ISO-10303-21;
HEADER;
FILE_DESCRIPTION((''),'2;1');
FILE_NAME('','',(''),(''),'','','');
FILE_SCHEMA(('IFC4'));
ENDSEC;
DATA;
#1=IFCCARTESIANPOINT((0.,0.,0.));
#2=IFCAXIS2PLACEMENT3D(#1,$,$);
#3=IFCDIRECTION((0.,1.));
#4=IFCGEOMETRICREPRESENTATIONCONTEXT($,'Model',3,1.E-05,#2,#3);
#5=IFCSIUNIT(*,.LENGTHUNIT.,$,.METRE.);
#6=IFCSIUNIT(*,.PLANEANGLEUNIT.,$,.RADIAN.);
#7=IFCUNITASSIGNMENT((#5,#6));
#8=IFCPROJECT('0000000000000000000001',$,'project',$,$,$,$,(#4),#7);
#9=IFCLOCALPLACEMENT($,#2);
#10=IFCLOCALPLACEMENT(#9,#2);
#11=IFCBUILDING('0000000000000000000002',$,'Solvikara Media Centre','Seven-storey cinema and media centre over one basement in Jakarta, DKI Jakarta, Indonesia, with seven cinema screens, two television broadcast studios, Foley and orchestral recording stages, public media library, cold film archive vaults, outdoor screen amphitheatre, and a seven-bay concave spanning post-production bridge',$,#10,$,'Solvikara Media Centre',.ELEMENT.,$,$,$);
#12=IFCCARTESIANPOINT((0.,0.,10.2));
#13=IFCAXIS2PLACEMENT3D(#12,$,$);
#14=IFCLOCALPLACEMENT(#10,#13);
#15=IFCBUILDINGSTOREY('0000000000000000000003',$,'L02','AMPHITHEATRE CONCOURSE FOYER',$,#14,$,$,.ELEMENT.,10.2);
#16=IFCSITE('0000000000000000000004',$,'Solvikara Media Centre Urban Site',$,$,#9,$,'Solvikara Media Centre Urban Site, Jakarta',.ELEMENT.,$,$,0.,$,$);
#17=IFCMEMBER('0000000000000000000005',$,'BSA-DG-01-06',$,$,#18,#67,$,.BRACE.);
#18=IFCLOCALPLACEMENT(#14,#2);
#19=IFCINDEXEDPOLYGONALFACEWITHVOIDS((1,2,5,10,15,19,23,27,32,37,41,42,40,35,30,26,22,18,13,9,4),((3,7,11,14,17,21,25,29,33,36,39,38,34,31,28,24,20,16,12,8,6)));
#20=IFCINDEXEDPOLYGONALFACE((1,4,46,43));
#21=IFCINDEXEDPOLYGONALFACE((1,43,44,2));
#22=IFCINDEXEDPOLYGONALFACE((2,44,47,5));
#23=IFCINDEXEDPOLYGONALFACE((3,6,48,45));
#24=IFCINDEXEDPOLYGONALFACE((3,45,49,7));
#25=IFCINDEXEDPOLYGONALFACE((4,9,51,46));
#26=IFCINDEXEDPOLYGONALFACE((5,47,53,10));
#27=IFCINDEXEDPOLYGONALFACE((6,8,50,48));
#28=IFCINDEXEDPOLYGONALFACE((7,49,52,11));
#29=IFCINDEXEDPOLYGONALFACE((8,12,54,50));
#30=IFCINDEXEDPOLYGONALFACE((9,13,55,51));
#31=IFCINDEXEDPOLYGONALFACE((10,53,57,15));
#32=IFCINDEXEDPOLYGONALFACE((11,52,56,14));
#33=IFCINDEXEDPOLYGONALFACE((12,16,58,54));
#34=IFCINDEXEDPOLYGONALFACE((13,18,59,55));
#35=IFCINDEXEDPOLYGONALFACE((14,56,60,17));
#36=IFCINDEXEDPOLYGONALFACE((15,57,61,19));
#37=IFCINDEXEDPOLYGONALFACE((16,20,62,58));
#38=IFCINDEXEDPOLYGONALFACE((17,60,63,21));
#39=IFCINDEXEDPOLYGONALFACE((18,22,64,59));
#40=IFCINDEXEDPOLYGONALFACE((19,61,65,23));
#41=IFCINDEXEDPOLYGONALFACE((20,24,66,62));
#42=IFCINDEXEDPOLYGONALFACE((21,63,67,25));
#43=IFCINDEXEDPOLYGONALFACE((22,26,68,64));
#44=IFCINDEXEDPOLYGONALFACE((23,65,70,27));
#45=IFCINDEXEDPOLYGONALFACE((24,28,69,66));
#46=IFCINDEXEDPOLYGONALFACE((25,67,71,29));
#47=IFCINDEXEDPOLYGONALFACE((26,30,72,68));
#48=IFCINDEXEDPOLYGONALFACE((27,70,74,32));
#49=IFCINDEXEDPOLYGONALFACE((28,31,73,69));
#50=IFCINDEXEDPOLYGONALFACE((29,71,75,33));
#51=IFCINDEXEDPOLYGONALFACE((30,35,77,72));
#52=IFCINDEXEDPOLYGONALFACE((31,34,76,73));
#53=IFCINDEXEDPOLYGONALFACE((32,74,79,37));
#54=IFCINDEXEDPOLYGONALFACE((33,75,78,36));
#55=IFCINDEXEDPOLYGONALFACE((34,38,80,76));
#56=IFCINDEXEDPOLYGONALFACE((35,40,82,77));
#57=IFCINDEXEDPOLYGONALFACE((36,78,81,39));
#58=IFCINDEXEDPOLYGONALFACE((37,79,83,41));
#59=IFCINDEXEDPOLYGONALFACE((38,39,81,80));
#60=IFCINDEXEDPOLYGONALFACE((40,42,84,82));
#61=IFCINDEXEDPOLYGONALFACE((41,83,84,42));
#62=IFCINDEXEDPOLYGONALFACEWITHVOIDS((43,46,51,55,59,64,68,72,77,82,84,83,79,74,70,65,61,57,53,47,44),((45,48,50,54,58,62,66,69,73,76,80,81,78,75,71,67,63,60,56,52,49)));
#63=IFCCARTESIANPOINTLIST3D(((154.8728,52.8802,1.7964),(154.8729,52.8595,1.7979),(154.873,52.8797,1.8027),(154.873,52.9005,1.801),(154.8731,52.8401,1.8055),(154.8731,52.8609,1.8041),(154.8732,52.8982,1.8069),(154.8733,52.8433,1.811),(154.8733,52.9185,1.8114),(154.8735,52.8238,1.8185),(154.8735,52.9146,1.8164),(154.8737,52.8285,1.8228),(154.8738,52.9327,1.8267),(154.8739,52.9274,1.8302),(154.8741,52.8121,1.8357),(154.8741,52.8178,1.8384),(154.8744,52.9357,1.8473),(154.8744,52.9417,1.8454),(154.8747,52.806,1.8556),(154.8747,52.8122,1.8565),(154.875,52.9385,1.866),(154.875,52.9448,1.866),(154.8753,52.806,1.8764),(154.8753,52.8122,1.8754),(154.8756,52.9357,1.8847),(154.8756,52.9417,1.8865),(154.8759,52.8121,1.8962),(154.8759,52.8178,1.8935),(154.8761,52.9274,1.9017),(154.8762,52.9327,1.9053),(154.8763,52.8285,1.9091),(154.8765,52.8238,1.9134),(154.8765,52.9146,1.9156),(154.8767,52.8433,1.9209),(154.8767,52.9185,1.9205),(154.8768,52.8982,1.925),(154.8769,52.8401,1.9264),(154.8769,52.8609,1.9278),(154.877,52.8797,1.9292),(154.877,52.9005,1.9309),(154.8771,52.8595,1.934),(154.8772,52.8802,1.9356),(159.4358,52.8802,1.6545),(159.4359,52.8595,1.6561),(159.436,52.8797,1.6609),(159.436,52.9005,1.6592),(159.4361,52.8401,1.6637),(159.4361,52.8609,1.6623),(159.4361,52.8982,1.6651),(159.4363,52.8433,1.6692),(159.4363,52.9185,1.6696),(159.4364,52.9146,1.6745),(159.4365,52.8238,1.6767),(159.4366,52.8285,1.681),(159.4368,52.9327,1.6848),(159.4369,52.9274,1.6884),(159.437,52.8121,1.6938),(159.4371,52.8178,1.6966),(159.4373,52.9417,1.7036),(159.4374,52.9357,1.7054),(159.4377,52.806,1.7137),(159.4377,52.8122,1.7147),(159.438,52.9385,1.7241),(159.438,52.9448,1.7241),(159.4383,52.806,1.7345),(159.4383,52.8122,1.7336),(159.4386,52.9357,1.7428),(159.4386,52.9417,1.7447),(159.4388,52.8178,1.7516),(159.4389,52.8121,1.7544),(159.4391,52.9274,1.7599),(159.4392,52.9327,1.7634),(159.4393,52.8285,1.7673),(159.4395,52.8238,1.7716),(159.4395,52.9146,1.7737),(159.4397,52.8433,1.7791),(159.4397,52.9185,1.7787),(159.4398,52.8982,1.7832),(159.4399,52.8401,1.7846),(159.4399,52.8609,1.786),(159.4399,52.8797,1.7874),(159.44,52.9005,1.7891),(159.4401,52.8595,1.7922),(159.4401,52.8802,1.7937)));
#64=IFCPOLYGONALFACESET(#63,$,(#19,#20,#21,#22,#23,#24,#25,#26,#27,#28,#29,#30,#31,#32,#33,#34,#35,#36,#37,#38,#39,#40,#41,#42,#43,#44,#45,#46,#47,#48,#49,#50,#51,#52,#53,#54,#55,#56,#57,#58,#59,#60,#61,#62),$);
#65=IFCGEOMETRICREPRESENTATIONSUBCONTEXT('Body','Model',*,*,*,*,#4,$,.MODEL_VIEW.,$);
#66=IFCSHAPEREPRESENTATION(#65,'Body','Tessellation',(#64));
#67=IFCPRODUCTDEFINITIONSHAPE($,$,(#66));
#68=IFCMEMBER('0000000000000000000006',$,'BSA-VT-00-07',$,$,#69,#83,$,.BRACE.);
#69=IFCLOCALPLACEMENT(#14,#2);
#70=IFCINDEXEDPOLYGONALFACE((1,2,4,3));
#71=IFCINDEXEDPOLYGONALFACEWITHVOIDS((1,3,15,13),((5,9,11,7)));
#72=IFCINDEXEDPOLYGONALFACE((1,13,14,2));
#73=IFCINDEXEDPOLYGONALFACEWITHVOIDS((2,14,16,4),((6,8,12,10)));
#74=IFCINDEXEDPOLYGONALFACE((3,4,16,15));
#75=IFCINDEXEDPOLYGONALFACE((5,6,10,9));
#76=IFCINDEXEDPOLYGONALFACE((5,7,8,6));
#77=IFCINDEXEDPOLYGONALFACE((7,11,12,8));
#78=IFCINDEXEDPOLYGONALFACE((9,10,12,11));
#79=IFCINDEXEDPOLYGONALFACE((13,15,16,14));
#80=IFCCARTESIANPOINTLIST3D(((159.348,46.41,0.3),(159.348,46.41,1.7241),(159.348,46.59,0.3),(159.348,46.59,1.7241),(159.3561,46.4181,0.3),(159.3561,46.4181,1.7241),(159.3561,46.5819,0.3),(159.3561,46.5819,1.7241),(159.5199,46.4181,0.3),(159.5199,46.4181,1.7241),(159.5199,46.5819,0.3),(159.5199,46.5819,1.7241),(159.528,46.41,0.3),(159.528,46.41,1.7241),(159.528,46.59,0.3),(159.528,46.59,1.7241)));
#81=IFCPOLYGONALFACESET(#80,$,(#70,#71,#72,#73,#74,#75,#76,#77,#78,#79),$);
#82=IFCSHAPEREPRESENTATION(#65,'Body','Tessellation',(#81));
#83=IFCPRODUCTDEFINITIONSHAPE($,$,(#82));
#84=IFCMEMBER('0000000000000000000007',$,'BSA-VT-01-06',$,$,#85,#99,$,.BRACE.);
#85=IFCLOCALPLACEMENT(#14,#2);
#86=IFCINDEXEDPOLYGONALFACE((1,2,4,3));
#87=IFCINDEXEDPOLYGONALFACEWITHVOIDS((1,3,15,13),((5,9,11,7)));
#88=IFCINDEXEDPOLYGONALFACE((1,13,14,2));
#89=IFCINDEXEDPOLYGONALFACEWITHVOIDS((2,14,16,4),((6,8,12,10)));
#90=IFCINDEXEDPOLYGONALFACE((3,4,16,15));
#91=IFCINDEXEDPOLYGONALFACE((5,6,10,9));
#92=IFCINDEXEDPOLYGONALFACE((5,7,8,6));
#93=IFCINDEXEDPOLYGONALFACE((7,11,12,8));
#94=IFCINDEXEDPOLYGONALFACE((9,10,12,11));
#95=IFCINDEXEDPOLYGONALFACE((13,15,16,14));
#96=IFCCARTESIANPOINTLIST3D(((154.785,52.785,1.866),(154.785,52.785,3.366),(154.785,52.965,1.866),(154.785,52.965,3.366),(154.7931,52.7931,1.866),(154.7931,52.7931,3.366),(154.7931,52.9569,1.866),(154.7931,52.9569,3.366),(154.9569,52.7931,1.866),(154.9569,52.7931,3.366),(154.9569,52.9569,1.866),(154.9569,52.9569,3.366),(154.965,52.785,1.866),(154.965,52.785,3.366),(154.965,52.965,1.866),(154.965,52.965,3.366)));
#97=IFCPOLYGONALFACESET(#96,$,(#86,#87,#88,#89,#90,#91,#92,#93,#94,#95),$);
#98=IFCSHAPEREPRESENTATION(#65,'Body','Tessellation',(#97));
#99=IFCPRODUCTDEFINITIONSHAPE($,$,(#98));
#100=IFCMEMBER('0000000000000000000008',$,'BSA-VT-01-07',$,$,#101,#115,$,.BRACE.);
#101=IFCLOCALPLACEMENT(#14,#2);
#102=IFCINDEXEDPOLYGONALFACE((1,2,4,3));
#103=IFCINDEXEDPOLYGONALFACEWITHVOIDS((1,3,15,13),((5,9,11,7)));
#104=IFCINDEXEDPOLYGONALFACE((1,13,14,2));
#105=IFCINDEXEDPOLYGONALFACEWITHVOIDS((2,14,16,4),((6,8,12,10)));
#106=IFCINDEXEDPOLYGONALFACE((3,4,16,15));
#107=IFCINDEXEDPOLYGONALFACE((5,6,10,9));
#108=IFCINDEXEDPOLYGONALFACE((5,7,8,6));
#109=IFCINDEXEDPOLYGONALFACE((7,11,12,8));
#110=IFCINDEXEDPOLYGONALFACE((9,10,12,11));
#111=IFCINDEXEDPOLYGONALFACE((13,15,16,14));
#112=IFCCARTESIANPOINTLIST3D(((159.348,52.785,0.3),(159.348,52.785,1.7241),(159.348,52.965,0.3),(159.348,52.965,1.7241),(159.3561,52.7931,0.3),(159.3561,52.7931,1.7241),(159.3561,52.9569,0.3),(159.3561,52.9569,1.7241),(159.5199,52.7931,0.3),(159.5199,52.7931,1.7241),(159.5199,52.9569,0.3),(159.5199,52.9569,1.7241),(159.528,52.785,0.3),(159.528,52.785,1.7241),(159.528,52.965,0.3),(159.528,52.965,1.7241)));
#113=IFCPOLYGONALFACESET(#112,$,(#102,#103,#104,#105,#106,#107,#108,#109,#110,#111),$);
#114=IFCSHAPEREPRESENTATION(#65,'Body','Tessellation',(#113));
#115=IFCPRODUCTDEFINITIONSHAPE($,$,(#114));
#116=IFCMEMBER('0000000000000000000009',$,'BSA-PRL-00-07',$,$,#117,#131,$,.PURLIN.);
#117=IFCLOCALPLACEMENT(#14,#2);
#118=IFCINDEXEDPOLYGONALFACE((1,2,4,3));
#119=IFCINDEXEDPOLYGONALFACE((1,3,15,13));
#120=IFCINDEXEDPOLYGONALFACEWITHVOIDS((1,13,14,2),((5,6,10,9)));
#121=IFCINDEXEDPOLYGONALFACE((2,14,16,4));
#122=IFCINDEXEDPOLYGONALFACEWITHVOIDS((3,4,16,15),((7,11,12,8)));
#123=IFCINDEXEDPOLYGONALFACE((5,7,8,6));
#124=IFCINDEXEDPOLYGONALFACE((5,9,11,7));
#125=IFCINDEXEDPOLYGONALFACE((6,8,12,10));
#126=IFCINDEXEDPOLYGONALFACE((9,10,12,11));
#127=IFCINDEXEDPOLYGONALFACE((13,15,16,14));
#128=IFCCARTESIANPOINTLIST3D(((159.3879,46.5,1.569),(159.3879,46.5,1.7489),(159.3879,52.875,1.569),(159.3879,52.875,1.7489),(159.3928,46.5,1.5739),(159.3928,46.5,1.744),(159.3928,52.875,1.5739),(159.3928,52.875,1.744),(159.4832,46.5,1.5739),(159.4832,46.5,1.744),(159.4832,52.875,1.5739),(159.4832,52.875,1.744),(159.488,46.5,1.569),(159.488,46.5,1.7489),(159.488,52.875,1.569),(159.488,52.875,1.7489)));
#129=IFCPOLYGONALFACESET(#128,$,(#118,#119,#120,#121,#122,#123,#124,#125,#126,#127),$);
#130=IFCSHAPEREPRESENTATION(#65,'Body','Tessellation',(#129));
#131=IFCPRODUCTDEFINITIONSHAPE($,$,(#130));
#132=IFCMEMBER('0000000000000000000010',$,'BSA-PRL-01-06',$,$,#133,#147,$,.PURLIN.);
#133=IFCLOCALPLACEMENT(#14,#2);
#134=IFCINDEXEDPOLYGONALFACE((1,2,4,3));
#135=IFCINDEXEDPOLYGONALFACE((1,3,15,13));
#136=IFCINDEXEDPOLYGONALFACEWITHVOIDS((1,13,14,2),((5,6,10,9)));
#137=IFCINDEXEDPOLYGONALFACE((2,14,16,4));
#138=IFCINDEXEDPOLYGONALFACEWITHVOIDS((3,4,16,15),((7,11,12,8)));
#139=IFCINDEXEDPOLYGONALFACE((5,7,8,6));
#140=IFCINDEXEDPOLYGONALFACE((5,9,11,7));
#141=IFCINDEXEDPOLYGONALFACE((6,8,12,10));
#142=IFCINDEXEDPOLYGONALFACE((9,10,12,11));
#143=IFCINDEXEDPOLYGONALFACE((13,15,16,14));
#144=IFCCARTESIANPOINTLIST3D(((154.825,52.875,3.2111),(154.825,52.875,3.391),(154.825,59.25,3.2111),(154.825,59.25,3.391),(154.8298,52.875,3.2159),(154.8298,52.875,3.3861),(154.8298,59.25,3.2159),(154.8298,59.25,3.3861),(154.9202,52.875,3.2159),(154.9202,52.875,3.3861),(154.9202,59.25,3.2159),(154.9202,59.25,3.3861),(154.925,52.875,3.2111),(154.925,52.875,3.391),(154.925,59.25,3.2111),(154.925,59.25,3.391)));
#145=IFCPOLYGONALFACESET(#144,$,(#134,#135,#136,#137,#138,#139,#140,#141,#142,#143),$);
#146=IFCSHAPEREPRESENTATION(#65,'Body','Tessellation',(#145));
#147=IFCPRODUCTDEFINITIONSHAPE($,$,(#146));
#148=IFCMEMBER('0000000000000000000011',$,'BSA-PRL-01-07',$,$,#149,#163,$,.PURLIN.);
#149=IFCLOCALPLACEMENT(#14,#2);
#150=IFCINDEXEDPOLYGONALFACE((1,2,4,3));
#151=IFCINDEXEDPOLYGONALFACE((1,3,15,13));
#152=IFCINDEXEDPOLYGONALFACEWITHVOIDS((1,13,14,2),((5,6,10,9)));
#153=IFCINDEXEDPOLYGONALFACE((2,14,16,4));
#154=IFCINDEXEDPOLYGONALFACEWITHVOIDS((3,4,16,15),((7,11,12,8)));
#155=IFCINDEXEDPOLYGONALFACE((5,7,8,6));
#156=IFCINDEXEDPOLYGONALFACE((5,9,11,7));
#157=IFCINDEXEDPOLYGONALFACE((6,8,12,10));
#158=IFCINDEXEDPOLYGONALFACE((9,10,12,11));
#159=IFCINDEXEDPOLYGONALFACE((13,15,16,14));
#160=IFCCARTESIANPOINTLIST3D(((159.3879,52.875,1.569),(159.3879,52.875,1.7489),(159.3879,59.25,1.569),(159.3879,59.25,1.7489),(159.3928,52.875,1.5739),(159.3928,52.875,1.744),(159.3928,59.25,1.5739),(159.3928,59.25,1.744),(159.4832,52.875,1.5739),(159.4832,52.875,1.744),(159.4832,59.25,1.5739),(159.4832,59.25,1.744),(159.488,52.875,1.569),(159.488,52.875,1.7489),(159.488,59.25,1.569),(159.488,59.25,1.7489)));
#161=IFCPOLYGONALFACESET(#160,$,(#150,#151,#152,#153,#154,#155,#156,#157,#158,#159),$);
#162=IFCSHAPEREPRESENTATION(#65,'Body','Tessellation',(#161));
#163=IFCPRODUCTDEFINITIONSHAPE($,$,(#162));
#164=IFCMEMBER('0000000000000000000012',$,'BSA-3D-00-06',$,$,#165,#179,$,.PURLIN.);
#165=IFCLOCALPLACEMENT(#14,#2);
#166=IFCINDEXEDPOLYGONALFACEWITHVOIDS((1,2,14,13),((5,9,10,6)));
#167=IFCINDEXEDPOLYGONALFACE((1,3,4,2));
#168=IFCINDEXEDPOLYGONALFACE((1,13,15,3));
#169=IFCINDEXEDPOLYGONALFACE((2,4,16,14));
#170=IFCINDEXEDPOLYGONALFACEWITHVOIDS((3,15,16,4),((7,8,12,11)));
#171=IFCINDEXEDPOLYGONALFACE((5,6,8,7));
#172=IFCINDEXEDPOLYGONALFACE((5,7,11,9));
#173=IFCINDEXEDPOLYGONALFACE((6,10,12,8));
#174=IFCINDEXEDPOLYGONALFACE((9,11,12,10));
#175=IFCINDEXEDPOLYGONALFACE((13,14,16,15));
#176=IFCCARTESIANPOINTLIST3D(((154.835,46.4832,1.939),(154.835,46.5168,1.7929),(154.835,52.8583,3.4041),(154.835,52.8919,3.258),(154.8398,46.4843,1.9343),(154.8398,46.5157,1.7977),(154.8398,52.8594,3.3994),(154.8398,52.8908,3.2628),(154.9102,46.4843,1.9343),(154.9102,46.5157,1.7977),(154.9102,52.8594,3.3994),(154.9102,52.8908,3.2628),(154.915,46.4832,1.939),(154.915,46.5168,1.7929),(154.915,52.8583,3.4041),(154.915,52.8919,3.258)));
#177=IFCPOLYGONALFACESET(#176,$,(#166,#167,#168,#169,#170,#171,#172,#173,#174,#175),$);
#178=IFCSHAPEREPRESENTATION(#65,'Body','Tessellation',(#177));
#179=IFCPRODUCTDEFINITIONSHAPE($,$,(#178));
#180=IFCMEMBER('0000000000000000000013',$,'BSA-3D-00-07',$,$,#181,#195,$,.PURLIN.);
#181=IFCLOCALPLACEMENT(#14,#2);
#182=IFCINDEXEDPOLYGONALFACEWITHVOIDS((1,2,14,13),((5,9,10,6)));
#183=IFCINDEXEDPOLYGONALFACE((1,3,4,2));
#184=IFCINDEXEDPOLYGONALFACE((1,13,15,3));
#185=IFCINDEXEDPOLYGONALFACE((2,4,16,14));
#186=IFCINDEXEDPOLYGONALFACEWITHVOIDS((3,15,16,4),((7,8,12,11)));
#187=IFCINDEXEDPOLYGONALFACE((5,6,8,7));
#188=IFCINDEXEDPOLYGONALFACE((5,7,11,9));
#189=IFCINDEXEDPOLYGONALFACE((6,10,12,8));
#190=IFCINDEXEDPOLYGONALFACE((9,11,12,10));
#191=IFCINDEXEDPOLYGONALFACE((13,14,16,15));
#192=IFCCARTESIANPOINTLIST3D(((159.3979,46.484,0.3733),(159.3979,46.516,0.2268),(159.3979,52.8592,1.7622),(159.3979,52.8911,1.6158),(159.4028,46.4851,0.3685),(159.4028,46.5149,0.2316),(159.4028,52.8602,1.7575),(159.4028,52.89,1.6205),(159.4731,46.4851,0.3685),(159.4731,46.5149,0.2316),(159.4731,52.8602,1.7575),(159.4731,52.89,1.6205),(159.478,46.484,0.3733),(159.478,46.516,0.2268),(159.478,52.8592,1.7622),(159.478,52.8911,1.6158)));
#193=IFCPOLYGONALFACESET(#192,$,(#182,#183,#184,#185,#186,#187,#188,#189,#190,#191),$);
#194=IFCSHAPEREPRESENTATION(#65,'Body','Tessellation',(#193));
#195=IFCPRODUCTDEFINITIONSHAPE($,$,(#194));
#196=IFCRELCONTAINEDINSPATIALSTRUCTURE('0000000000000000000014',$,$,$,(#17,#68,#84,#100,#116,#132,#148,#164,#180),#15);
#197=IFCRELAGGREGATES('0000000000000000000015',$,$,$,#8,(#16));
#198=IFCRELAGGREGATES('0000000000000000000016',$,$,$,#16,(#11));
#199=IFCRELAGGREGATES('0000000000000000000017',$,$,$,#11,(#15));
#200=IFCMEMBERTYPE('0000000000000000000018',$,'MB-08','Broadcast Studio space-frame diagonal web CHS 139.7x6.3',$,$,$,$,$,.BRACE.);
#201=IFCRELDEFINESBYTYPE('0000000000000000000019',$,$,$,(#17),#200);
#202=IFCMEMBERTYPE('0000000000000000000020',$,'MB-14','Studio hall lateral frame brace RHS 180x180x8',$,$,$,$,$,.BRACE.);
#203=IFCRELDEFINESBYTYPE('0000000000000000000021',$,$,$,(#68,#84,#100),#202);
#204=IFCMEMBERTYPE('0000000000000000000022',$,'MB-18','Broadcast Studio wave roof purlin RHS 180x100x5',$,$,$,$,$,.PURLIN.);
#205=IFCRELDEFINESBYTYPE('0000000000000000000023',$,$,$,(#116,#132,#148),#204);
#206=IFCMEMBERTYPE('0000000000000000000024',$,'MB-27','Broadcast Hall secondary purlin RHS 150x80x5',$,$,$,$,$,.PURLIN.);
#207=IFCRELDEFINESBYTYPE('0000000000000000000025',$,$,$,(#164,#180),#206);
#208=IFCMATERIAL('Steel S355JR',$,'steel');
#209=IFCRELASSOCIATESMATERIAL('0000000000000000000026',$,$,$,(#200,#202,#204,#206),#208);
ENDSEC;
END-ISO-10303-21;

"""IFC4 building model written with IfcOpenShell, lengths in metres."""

from ifc_helpers import new_model, si_unit, direction, frame, origin, origin_2d, place, context, subcontext, project, spatial, hollow_rectangle, hollow_circle, extrude, material, material_profile, profile_set, type_object, element, save


model = new_model("IFC4")

# Units and contexts
model_context = context("Model", 3, precision=1e-05, world=origin(), true_north=direction((0.0, 1.0)))
body_context = subcontext(model_context, "Body", "Model", "MODEL_VIEW")
ifc_project = project(units=[si_unit("LENGTHUNIT", "METRE"), si_unit("PLANEANGLEUNIT", "RADIAN")], contexts=[model_context])

# Site, building, storey
site_placement = place(None, origin())
site = spatial("IfcSite", under=ifc_project, at=site_placement, Name="Solvikara Media Centre Urban Site", LongName="Solvikara Media Centre Urban Site, Jakarta", CompositionType="ELEMENT", RefElevation=0.0)
building_placement = place(site_placement, origin())
building = spatial("IfcBuilding", under=site, at=building_placement, Name="Solvikara Media Centre", Description="Seven-storey cinema and media centre over one basement in Jakarta, DKI Jakarta, Indonesia, with seven cinema screens, two television broadcast studios, Foley and orchestral recording stages, public media library, cold film archive vaults, outdoor screen amphitheatre, and a seven-bay concave spanning post-production bridge", LongName="Solvikara Media Centre", CompositionType="ELEMENT")
storey_placement = place(building_placement, frame((0.0, 0.0, 10.2)))
storey = spatial("IfcBuildingStorey", under=building, at=storey_placement, Name="L02", Description="AMPHITHEATRE CONCOURSE FOYER", CompositionType="ELEMENT", Elevation=10.2)

# Shared definitions
ifc_material_1 = material(Name="Steel S355JR", Category="steel")

# Members
ifc_material_profile_1 = material_profile(ifc_material_1, hollow_circle(Radius=0.0698, WallThickness=0.0063, at=origin_2d()), Name="CHS 139.7x6.3")
ifc_profile_set_1 = profile_set([ifc_material_profile_1], Name="Steel S355JR")
member_type_1 = type_object("IfcMemberType", Name="MB-08", Description="Broadcast Studio space-frame diagonal web CHS 139.7x6.3", PredefinedType="BRACE", material=ifc_profile_set_1)
member_1_placement = place(storey_placement, frame((154.875, 52.875, 1.866), z_axis=(0.999517, 0.0, -0.031071), x_axis=(0.0, 1.0, 0.0)))
element("IfcMember", 1, at=member_1_placement, inside=storey, type_object=member_type_1, Name="BSA-DG-01-06", PredefinedType="BRACE", context=body_context, shape_type="SweptSolid", body=[
    extrude(hollow_circle(Radius=0.0698, WallThickness=0.0063, at=origin_2d()), origin(), (0.0, 0.0, 1.0), 4.5652),
])
ifc_material_profile_2 = material_profile(ifc_material_1, hollow_rectangle(XDim=0.1799, YDim=0.1799, WallThickness=0.0081, at=origin_2d()), Name="RHS 180x180x8")
ifc_profile_set_2 = profile_set([ifc_material_profile_2], Name="Steel S355JR")
member_type_2 = type_object("IfcMemberType", Name="MB-14", Description="Studio hall lateral frame brace RHS 180x180x8", PredefinedType="BRACE", material=ifc_profile_set_2)
member_2_placement = place(storey_placement, frame((159.438, 46.5, 0.3), z_axis=(0.0, 0.0, 1.0), x_axis=(1.0, 0.0, 0.0)))
element("IfcMember", 2, at=member_2_placement, inside=storey, type_object=member_type_2, Name="BSA-VT-00-07", PredefinedType="BRACE", context=body_context, shape_type="SweptSolid", body=[
    extrude(hollow_rectangle(XDim=0.1799, YDim=0.1799, WallThickness=0.0081, at=origin_2d()), origin(), (0.0, 0.0, 1.0), 1.4241),
])
member_3_placement = place(storey_placement, frame((154.875, 52.875, 1.866), z_axis=(0.0, 0.0, 1.0), x_axis=(1.0, 0.0, 0.0)))
element("IfcMember", 3, at=member_3_placement, inside=storey, type_object=member_type_2, Name="BSA-VT-01-06", PredefinedType="BRACE", context=body_context, shape_type="SweptSolid", body=[
    extrude(hollow_rectangle(XDim=0.1799, YDim=0.1799, WallThickness=0.0081, at=origin_2d()), origin(), (0.0, 0.0, 1.0), 1.5),
])
member_4_placement = place(storey_placement, frame((159.438, 52.875, 0.3), z_axis=(0.0, 0.0, 1.0), x_axis=(1.0, 0.0, 0.0)))
element("IfcMember", 4, at=member_4_placement, inside=storey, type_object=member_type_2, Name="BSA-VT-01-07", PredefinedType="BRACE", context=body_context, shape_type="SweptSolid", body=[
    extrude(hollow_rectangle(XDim=0.1799, YDim=0.1799, WallThickness=0.0081, at=origin_2d()), origin(), (0.0, 0.0, 1.0), 1.4241),
])
ifc_material_profile_3 = material_profile(ifc_material_1, hollow_rectangle(XDim=0.1001, YDim=0.1799, WallThickness=0.0049, at=origin_2d()), Name="RHS 180x100x5")
ifc_profile_set_3 = profile_set([ifc_material_profile_3], Name="Steel S355JR")
member_type_3 = type_object("IfcMemberType", Name="MB-18", Description="Broadcast Studio wave roof purlin RHS 180x100x5", PredefinedType="PURLIN", material=ifc_profile_set_3)
for number, where, z_axis, x_axis, name in (
    (5, (159.438, 46.5, 1.6589), (0.0, 1.0, 0.0), (-1.0, 0.0, 0.0), "BSA-PRL-00-07"),
    (6, (154.875, 52.875, 3.301), (0.0, 1.0, 0.0), (-1.0, 0.0, 0.0), "BSA-PRL-01-06"),
    (7, (159.438, 52.875, 1.6589), (0.0, 1.0, 0.0), (-1.0, 0.0, 0.0), "BSA-PRL-01-07"),
):
    element("IfcMember", number, at=place(storey_placement, frame(where, z_axis=z_axis, x_axis=x_axis)), inside=storey, type_object=member_type_3, Name=name, PredefinedType="PURLIN", context=body_context, shape_type="SweptSolid", body=[
        extrude(hollow_rectangle(XDim=0.1001, YDim=0.1799, WallThickness=0.0049, at=origin_2d()), origin(), (0.0, 0.0, 1.0), 6.375),
    ])
ifc_material_profile_4 = material_profile(ifc_material_1, hollow_rectangle(XDim=0.0801, YDim=0.1499, WallThickness=0.0049, at=origin_2d()), Name="RHS 150x80x5")
ifc_profile_set_4 = profile_set([ifc_material_profile_4], Name="Steel S355JR")
member_type_4 = type_object("IfcMemberType", Name="MB-27", Description="Broadcast Hall secondary purlin RHS 150x80x5", PredefinedType="PURLIN", material=ifc_profile_set_4)
member_5_placement = place(storey_placement, frame((154.875, 46.5, 1.866), z_axis=(0.0, 0.974594, 0.223979), x_axis=(-1.0, 0.0, 0.0)))
element("IfcMember", 8, at=member_5_placement, inside=storey, type_object=member_type_4, Name="BSA-3D-00-06", PredefinedType="PURLIN", context=body_context, shape_type="SweptSolid", body=[
    extrude(hollow_rectangle(XDim=0.0801, YDim=0.1499, WallThickness=0.0049, at=origin_2d()), origin(), (0.0, 0.0, 1.0), 6.5413),
])
member_6_placement = place(storey_placement, frame((159.438, 46.5, 0.3), z_axis=(0.0, 0.977079, 0.212875), x_axis=(-1.0, 0.0, 0.0)))
element("IfcMember", 9, at=member_6_placement, inside=storey, type_object=member_type_4, Name="BSA-3D-00-07", PredefinedType="PURLIN", context=body_context, shape_type="SweptSolid", body=[
    extrude(hollow_rectangle(XDim=0.0801, YDim=0.1499, WallThickness=0.0049, at=origin_2d()), origin(), (0.0, 0.0, 1.0), 6.5247),
])

save(model, "model.ifc")
